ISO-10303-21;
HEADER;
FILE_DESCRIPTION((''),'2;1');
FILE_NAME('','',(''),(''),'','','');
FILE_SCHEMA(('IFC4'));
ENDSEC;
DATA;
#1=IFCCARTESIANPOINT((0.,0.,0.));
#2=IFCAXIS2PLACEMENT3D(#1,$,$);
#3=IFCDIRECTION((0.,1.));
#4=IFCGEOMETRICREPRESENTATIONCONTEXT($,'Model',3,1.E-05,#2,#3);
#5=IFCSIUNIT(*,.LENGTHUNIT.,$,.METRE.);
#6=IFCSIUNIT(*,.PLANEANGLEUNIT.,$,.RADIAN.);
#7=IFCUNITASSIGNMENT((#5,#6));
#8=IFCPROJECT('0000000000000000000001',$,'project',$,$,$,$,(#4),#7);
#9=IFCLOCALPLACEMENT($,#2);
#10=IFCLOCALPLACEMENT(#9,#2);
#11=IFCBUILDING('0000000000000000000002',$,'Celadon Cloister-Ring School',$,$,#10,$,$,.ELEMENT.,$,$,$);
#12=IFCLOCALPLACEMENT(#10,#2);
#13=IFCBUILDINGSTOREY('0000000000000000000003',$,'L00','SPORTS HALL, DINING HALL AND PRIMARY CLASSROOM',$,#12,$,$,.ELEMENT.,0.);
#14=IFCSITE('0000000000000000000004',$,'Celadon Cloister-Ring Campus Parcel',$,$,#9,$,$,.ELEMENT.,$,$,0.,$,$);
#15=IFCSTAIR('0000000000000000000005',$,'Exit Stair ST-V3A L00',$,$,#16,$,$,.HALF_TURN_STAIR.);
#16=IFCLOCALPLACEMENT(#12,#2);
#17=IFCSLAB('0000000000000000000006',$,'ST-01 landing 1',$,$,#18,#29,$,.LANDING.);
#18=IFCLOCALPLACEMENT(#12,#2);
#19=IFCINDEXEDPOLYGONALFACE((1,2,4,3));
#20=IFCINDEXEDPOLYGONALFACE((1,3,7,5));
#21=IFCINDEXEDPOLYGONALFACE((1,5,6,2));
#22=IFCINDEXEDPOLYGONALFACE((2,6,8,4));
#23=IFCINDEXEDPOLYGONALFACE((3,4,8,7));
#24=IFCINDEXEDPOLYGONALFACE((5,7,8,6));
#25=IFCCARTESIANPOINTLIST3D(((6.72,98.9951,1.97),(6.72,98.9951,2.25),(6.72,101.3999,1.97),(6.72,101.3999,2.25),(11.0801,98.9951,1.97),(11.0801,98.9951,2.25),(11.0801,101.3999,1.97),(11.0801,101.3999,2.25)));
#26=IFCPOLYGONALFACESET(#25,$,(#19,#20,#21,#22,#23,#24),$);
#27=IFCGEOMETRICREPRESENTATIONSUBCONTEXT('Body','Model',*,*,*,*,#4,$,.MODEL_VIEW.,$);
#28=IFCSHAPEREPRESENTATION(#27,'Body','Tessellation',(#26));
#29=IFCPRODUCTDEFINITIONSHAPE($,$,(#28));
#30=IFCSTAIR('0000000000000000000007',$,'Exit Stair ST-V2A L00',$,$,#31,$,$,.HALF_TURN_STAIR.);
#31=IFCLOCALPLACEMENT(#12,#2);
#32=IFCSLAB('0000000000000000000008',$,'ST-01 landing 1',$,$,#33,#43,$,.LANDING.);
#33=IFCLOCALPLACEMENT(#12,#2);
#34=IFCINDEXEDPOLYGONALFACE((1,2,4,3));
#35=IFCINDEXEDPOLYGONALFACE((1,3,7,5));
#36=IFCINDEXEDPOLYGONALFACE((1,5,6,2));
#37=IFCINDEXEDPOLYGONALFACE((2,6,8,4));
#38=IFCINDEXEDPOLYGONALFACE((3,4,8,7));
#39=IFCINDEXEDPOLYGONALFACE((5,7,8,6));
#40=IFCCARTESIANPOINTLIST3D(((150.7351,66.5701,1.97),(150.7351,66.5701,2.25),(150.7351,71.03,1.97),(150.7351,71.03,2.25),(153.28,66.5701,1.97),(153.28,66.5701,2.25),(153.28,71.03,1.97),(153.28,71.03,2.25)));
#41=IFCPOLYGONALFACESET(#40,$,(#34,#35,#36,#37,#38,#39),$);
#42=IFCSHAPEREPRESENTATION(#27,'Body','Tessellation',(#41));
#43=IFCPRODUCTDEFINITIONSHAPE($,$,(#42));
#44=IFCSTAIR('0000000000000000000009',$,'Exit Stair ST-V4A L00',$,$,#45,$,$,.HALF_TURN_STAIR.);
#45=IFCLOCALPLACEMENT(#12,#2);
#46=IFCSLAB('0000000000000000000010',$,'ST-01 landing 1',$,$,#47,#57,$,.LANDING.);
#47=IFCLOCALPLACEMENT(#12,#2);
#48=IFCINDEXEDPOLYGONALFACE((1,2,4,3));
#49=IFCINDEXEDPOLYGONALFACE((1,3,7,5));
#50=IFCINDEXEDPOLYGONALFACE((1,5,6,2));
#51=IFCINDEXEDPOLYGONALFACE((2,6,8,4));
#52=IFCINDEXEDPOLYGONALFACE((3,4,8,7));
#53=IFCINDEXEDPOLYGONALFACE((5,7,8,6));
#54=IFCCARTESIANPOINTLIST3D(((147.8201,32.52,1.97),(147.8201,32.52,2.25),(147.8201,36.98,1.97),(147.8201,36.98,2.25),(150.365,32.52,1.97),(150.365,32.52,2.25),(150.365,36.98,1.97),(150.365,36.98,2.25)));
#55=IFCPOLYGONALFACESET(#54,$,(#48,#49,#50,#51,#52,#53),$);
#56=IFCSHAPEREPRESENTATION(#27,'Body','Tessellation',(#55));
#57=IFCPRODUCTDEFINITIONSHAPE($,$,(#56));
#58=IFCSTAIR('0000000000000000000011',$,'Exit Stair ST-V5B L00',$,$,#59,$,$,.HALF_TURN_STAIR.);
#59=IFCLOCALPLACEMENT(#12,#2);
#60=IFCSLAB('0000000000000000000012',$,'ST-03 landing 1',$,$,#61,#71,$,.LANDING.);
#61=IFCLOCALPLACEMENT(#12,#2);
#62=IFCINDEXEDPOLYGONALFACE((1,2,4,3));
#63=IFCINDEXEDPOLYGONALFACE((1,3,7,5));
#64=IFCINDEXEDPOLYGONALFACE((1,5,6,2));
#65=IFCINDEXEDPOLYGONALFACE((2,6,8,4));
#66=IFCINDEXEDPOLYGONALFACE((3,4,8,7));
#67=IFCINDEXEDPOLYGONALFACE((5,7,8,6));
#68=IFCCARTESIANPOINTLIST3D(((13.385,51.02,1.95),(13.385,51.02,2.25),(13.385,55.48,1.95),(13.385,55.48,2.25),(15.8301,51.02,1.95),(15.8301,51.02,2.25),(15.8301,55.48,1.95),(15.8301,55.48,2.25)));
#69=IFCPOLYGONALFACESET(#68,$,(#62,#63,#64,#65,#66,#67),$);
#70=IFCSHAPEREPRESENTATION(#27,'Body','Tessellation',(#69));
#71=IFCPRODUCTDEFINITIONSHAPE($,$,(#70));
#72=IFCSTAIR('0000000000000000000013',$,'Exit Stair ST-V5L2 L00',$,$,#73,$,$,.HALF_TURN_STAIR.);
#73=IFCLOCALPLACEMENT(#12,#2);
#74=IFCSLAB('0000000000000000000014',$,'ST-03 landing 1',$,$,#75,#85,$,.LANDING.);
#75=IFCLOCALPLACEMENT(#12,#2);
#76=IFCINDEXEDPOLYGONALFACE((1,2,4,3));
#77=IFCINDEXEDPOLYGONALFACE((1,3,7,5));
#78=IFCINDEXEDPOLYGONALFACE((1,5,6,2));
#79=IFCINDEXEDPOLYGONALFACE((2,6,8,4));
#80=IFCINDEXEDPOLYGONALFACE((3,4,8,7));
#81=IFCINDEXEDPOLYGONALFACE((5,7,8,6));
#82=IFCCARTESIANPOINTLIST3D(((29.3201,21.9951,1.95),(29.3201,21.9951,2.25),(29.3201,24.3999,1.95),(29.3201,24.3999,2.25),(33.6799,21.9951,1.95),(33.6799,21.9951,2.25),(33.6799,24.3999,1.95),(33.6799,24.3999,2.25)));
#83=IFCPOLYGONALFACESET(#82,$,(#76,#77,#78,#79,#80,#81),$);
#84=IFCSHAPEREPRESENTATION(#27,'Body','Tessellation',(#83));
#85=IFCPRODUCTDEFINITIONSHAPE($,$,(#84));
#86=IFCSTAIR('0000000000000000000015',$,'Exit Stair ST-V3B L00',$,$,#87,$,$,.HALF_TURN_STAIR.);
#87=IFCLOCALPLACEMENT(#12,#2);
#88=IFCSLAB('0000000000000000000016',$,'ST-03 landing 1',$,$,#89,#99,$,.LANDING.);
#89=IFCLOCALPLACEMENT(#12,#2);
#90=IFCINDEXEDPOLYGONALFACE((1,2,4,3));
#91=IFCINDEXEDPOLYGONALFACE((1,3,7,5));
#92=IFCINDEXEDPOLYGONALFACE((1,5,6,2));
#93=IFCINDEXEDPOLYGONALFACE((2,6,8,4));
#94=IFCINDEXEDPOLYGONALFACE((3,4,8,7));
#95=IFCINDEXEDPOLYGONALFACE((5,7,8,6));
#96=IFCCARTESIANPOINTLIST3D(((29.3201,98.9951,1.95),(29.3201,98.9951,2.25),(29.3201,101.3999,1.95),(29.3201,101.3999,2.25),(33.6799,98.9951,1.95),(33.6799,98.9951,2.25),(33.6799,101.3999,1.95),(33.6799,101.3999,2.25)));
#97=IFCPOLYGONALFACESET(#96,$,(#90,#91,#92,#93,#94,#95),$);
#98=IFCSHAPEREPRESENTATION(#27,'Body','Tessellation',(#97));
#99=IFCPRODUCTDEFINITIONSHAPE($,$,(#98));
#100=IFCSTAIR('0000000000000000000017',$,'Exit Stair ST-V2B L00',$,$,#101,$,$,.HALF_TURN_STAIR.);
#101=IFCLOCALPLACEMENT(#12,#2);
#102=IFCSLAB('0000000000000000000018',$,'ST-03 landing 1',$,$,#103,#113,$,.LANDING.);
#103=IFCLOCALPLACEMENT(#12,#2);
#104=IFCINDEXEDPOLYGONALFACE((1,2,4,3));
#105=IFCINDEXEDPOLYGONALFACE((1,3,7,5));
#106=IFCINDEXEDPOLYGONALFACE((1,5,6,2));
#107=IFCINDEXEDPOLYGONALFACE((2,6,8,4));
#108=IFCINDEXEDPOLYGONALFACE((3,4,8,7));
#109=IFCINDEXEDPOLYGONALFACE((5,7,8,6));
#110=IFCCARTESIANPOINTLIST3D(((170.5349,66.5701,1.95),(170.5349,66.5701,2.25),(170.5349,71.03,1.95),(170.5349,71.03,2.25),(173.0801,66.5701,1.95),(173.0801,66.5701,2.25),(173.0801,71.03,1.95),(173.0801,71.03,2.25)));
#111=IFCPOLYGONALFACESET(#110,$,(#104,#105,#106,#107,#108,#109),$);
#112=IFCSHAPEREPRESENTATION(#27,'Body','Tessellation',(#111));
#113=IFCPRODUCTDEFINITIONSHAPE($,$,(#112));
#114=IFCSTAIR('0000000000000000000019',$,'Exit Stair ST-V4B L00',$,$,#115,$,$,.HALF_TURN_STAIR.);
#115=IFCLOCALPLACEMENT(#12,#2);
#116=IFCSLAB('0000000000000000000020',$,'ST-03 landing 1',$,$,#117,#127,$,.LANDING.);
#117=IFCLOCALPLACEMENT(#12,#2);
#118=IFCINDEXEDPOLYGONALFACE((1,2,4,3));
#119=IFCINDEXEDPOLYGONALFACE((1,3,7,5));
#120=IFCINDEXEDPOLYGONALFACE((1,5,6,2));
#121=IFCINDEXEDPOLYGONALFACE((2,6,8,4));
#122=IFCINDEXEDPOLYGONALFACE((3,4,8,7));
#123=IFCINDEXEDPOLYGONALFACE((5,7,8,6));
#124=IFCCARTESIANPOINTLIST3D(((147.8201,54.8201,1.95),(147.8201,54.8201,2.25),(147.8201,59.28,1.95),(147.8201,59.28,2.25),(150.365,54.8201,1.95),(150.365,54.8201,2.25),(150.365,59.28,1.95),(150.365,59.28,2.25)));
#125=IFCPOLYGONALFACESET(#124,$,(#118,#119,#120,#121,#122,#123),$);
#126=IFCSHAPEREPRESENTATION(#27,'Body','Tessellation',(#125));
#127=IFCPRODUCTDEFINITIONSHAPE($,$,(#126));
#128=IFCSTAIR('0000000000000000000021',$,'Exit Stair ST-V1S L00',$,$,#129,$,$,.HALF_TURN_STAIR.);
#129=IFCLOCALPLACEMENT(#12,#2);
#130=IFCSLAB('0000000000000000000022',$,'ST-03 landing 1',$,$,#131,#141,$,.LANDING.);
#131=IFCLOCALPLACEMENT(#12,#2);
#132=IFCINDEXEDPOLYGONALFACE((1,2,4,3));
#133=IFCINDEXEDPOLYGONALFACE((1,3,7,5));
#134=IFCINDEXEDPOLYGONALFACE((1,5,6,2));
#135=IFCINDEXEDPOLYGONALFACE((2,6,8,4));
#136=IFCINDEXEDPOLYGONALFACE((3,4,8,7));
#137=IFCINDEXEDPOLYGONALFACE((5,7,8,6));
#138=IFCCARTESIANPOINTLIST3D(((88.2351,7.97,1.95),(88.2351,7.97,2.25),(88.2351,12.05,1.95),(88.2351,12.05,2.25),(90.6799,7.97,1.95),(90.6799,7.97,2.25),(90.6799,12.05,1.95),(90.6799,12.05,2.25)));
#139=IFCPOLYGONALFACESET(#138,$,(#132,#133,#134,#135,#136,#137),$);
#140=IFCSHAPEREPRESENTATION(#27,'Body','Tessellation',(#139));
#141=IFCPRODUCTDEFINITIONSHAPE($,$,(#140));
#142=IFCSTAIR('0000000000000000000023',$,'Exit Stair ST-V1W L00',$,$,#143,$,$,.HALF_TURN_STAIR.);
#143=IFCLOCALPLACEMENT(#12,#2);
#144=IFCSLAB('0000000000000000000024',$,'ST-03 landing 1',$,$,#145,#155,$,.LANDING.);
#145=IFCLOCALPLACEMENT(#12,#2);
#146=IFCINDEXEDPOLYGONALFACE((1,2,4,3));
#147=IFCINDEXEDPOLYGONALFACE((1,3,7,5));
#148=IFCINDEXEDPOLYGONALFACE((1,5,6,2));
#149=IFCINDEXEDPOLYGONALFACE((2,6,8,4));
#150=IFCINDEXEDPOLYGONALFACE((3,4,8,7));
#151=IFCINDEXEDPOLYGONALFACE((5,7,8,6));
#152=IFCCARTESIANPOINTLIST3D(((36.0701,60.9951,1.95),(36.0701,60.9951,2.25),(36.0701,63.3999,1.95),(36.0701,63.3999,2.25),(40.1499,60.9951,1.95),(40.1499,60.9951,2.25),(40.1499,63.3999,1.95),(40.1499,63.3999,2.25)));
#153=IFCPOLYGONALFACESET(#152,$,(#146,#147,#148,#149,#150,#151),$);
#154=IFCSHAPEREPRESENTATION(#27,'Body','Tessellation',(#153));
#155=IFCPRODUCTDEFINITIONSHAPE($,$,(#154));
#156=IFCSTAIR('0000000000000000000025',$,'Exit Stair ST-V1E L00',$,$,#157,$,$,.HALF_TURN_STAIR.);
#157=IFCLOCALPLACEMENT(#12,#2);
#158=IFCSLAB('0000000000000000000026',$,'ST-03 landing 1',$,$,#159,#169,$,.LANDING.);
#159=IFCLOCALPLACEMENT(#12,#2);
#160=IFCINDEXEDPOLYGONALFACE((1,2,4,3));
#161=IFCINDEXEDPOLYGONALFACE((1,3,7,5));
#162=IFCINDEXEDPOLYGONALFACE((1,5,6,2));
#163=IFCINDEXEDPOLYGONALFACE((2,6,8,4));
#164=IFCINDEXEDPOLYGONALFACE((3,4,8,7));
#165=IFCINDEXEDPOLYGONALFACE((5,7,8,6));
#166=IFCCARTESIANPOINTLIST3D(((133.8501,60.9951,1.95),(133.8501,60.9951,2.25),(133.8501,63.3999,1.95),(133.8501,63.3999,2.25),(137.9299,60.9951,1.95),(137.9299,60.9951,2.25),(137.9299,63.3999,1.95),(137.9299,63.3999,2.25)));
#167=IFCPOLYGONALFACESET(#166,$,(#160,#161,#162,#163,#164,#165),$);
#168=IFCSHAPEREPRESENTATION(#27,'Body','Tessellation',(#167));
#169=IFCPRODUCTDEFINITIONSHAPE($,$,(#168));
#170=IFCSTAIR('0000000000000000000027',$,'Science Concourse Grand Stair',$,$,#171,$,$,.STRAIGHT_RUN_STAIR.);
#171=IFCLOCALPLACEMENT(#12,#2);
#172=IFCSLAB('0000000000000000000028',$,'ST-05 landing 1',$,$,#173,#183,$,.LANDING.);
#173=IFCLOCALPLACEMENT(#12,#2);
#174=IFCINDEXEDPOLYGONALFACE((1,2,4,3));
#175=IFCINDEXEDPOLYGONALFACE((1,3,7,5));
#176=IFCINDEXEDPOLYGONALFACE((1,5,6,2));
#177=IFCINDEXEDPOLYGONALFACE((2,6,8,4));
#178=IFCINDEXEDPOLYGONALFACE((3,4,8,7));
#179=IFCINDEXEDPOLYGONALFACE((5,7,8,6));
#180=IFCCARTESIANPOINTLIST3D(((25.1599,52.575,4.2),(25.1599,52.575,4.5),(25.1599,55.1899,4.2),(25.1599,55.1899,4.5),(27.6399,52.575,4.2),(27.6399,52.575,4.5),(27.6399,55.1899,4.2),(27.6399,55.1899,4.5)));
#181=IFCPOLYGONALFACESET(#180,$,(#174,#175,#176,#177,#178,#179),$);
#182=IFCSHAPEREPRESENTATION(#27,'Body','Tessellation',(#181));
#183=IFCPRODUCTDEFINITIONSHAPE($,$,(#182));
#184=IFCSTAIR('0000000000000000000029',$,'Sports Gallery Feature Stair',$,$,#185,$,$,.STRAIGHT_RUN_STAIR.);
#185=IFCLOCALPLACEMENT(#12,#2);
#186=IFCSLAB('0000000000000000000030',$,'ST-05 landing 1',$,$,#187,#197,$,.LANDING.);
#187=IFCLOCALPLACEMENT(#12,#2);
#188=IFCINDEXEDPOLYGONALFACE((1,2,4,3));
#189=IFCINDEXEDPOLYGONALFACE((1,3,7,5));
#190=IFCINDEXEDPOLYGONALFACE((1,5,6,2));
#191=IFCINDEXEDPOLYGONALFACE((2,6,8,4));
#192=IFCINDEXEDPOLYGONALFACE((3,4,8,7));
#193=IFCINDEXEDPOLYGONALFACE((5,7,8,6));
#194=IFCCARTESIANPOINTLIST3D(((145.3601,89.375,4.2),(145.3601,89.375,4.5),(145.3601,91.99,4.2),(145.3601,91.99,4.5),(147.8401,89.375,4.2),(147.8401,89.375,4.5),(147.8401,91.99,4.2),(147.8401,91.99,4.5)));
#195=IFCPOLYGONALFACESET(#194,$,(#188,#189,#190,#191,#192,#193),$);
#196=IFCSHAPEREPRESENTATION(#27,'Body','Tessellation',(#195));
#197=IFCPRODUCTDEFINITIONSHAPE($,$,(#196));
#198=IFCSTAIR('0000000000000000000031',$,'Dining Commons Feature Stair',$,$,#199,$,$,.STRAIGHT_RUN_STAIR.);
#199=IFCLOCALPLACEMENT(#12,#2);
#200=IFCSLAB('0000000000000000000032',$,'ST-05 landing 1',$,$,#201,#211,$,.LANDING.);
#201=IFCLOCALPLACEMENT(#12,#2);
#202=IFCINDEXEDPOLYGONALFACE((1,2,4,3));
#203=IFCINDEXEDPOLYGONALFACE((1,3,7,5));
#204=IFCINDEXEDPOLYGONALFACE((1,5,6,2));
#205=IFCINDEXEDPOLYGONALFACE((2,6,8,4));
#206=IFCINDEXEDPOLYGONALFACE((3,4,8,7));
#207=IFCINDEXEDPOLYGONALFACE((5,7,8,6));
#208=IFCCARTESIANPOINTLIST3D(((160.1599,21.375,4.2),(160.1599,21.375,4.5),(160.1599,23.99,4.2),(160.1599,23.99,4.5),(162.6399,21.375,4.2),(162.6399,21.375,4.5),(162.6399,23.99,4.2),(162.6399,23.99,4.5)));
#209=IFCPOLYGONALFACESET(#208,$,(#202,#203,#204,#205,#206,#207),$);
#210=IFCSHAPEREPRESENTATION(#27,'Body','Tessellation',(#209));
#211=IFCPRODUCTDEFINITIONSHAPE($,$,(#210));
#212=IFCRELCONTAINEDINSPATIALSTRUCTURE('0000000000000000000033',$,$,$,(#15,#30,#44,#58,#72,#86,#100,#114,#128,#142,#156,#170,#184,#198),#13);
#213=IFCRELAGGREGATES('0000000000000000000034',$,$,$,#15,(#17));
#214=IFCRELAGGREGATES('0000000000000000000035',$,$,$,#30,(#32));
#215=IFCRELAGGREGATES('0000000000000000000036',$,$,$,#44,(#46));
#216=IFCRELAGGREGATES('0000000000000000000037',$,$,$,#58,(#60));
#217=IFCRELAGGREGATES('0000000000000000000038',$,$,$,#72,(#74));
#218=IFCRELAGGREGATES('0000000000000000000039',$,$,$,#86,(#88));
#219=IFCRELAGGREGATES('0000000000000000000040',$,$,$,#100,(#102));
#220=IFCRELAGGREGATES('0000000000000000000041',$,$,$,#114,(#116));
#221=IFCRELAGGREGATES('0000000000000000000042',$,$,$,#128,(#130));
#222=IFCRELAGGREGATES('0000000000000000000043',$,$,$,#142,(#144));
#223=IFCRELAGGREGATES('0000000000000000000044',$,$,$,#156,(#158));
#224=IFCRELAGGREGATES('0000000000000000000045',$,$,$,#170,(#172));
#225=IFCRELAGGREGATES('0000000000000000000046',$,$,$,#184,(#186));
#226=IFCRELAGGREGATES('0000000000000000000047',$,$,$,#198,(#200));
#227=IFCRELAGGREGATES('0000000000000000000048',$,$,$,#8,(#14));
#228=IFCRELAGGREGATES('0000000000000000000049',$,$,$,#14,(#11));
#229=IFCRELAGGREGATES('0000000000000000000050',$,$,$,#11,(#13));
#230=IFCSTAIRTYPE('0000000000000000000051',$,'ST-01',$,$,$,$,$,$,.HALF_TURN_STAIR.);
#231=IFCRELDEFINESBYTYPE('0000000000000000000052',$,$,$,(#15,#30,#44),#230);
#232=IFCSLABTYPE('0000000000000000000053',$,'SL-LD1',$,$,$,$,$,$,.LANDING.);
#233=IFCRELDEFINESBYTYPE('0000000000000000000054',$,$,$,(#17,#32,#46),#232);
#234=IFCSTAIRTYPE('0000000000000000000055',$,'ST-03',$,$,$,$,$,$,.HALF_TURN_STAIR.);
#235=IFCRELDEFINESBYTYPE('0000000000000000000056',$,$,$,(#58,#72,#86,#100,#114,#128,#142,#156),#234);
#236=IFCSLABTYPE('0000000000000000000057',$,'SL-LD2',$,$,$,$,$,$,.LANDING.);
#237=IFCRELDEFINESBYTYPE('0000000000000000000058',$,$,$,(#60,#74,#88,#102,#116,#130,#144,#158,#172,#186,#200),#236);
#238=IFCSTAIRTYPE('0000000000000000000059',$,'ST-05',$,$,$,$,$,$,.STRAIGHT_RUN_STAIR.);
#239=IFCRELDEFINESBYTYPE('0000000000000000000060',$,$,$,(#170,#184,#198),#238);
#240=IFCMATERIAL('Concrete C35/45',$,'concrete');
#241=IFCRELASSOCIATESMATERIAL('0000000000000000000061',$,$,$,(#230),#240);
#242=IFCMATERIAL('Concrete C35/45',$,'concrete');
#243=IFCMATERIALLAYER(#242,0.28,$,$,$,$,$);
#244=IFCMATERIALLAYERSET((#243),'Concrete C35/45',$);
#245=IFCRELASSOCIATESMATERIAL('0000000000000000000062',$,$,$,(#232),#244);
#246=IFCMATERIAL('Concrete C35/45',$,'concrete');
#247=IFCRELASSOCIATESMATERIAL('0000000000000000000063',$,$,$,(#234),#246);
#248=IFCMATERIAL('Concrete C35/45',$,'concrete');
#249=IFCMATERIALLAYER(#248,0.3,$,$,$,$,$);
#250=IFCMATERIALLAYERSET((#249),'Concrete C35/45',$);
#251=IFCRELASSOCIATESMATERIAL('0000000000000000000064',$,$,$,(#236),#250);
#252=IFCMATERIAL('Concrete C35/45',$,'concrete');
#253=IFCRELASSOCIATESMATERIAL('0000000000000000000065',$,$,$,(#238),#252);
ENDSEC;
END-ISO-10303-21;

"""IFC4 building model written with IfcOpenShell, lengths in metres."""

from ifc_helpers import new_model, si_unit, direction, frame, origin, place, context, subcontext, project, spatial, polyline, outline, extrude, material, layer, layer_set, type_object, element, aggregate, save


model = new_model("IFC4")

# Units and contexts
model_context = context("Model", 3, precision=1e-05, world=origin(), true_north=direction((0.0, 1.0)))
body_context = subcontext(model_context, "Body", "Model", "MODEL_VIEW")
ifc_project = project(units=[si_unit("LENGTHUNIT", "METRE"), si_unit("PLANEANGLEUNIT", "RADIAN")], contexts=[model_context])

# Site, building, storey
site_placement = place(None, origin())
site = spatial("IfcSite", under=ifc_project, at=site_placement, Name="Celadon Cloister-Ring Campus Parcel", CompositionType="ELEMENT", RefElevation=0.0)
building_placement = place(site_placement, origin())
building = spatial("IfcBuilding", under=site, at=building_placement, Name="Celadon Cloister-Ring School", CompositionType="ELEMENT")
storey_placement = place(building_placement, origin())
storey = spatial("IfcBuildingStorey", under=building, at=storey_placement, Name="L00", Description="SPORTS HALL, DINING HALL AND PRIMARY CLASSROOM", CompositionType="ELEMENT", Elevation=0.0)

# Stairs, slabs
ifc_material_1 = material(Name="Concrete C35/45", Category="concrete")
stair_type_1 = type_object("IfcStairType", Name="ST-01", PredefinedType="HALF_TURN_STAIR", material=ifc_material_1)
ifc_material_2 = material(Name="Concrete C35/45", Category="concrete")
ifc_layer_1 = layer(ifc_material_2, 0.28)
ifc_layer_set_1 = layer_set([ifc_layer_1], Name="Concrete C35/45")
slab_type_1 = type_object("IfcSlabType", Name="SL-LD1", PredefinedType="LANDING", material=ifc_layer_set_1)
stair_1_placement = place(storey_placement, origin())
stair_1 = element("IfcStair", 1, at=stair_1_placement, inside=storey, type_object=stair_type_1, Name="Exit Stair ST-V3A L00", PredefinedType="HALF_TURN_STAIR")
slab_1_placement = place(storey_placement, frame((0.0, 0.0, 1.97)))
slab_1 = element("IfcSlab", 2, at=slab_1_placement, type_object=slab_type_1, Name="ST-01 landing 1", PredefinedType="LANDING", context=body_context, shape_type="SweptSolid", body=[
    extrude(outline(polyline([(6.72, 98.9951), (11.0801, 98.9951), (11.0801, 101.3999), (6.72, 101.3999), (6.72, 98.9951)])), origin(), (0.0, 0.0, 1.0), 0.28),
])
aggregate(stair_1, [slab_1])
stair_2_placement = place(storey_placement, origin())
stair_2 = element("IfcStair", 3, at=stair_2_placement, inside=storey, type_object=stair_type_1, Name="Exit Stair ST-V2A L00", PredefinedType="HALF_TURN_STAIR")
slab_2_placement = place(storey_placement, frame((0.0, 0.0, 1.97)))
slab_2 = element("IfcSlab", 4, at=slab_2_placement, type_object=slab_type_1, Name="ST-01 landing 1", PredefinedType="LANDING", context=body_context, shape_type="SweptSolid", body=[
    extrude(outline(polyline([(150.7351, 66.5701), (153.28, 66.5701), (153.28, 71.03), (150.7351, 71.03), (150.7351, 66.5701)])), origin(), (0.0, 0.0, 1.0), 0.28),
])
aggregate(stair_2, [slab_2])
stair_3_placement = place(storey_placement, origin())
stair_3 = element("IfcStair", 5, at=stair_3_placement, inside=storey, type_object=stair_type_1, Name="Exit Stair ST-V4A L00", PredefinedType="HALF_TURN_STAIR")
slab_3_placement = place(storey_placement, frame((0.0, 0.0, 1.97)))
slab_3 = element("IfcSlab", 6, at=slab_3_placement, type_object=slab_type_1, Name="ST-01 landing 1", PredefinedType="LANDING", context=body_context, shape_type="SweptSolid", body=[
    extrude(outline(polyline([(147.8201, 32.52), (150.365, 32.52), (150.365, 36.98), (147.8201, 36.98), (147.8201, 32.52)])), origin(), (0.0, 0.0, 1.0), 0.28),
])
aggregate(stair_3, [slab_3])
ifc_material_3 = material(Name="Concrete C35/45", Category="concrete")
stair_type_2 = type_object("IfcStairType", Name="ST-03", PredefinedType="HALF_TURN_STAIR", material=ifc_material_3)
stair_4_placement = place(storey_placement, origin())
stair_4 = element("IfcStair", 7, at=stair_4_placement, inside=storey, type_object=stair_type_2, Name="Exit Stair ST-V5B L00", PredefinedType="HALF_TURN_STAIR")
ifc_material_4 = material(Name="Concrete C35/45", Category="concrete")
ifc_layer_2 = layer(ifc_material_4, 0.3)
ifc_layer_set_2 = layer_set([ifc_layer_2], Name="Concrete C35/45")
slab_type_2 = type_object("IfcSlabType", Name="SL-LD2", PredefinedType="LANDING", material=ifc_layer_set_2)
slab_4_placement = place(storey_placement, frame((0.0, 0.0, 1.95)))
slab_4 = element("IfcSlab", 8, at=slab_4_placement, type_object=slab_type_2, Name="ST-03 landing 1", PredefinedType="LANDING", context=body_context, shape_type="SweptSolid", body=[
    extrude(outline(polyline([(13.385, 51.02), (15.8301, 51.02), (15.8301, 55.48), (13.385, 55.48), (13.385, 51.02)])), origin(), (0.0, 0.0, 1.0), 0.3),
])
aggregate(stair_4, [slab_4])
stair_5_placement = place(storey_placement, origin())
stair_5 = element("IfcStair", 9, at=stair_5_placement, inside=storey, type_object=stair_type_2, Name="Exit Stair ST-V5L2 L00", PredefinedType="HALF_TURN_STAIR")
slab_5_placement = place(storey_placement, frame((0.0, 0.0, 1.95)))
slab_5 = element("IfcSlab", 10, at=slab_5_placement, type_object=slab_type_2, Name="ST-03 landing 1", PredefinedType="LANDING", context=body_context, shape_type="SweptSolid", body=[
    extrude(outline(polyline([(29.3201, 21.9951), (33.6799, 21.9951), (33.6799, 24.3999), (29.3201, 24.3999), (29.3201, 21.9951)])), origin(), (0.0, 0.0, 1.0), 0.3),
])
aggregate(stair_5, [slab_5])
stair_6_placement = place(storey_placement, origin())
stair_6 = element("IfcStair", 11, at=stair_6_placement, inside=storey, type_object=stair_type_2, Name="Exit Stair ST-V3B L00", PredefinedType="HALF_TURN_STAIR")
slab_6_placement = place(storey_placement, frame((0.0, 0.0, 1.95)))
slab_6 = element("IfcSlab", 12, at=slab_6_placement, type_object=slab_type_2, Name="ST-03 landing 1", PredefinedType="LANDING", context=body_context, shape_type="SweptSolid", body=[
    extrude(outline(polyline([(29.3201, 98.9951), (33.6799, 98.9951), (33.6799, 101.3999), (29.3201, 101.3999), (29.3201, 98.9951)])), origin(), (0.0, 0.0, 1.0), 0.3),
])
aggregate(stair_6, [slab_6])
stair_7_placement = place(storey_placement, origin())
stair_7 = element("IfcStair", 13, at=stair_7_placement, inside=storey, type_object=stair_type_2, Name="Exit Stair ST-V2B L00", PredefinedType="HALF_TURN_STAIR")
slab_7_placement = place(storey_placement, frame((0.0, 0.0, 1.95)))
slab_7 = element("IfcSlab", 14, at=slab_7_placement, type_object=slab_type_2, Name="ST-03 landing 1", PredefinedType="LANDING", context=body_context, shape_type="SweptSolid", body=[
    extrude(outline(polyline([(170.5349, 66.5701), (173.0801, 66.5701), (173.0801, 71.03), (170.5349, 71.03), (170.5349, 66.5701)])), origin(), (0.0, 0.0, 1.0), 0.3),
])
aggregate(stair_7, [slab_7])
stair_8_placement = place(storey_placement, origin())
stair_8 = element("IfcStair", 15, at=stair_8_placement, inside=storey, type_object=stair_type_2, Name="Exit Stair ST-V4B L00", PredefinedType="HALF_TURN_STAIR")
slab_8_placement = place(storey_placement, frame((0.0, 0.0, 1.95)))
slab_8 = element("IfcSlab", 16, at=slab_8_placement, type_object=slab_type_2, Name="ST-03 landing 1", PredefinedType="LANDING", context=body_context, shape_type="SweptSolid", body=[
    extrude(outline(polyline([(147.8201, 54.8201), (150.365, 54.8201), (150.365, 59.28), (147.8201, 59.28), (147.8201, 54.8201)])), origin(), (0.0, 0.0, 1.0), 0.3),
])
aggregate(stair_8, [slab_8])
stair_9_placement = place(storey_placement, origin())
stair_9 = element("IfcStair", 17, at=stair_9_placement, inside=storey, type_object=stair_type_2, Name="Exit Stair ST-V1S L00", PredefinedType="HALF_TURN_STAIR")
slab_9_placement = place(storey_placement, frame((0.0, 0.0, 1.95)))
slab_9 = element("IfcSlab", 18, at=slab_9_placement, type_object=slab_type_2, Name="ST-03 landing 1", PredefinedType="LANDING", context=body_context, shape_type="SweptSolid", body=[
    extrude(outline(polyline([(88.2351, 7.97), (90.6799, 7.97), (90.6799, 12.05), (88.2351, 12.05), (88.2351, 7.97)])), origin(), (0.0, 0.0, 1.0), 0.3),
])
aggregate(stair_9, [slab_9])
stair_10_placement = place(storey_placement, origin())
stair_10 = element("IfcStair", 19, at=stair_10_placement, inside=storey, type_object=stair_type_2, Name="Exit Stair ST-V1W L00", PredefinedType="HALF_TURN_STAIR")
slab_10_placement = place(storey_placement, frame((0.0, 0.0, 1.95)))
slab_10 = element("IfcSlab", 20, at=slab_10_placement, type_object=slab_type_2, Name="ST-03 landing 1", PredefinedType="LANDING", context=body_context, shape_type="SweptSolid", body=[
    extrude(outline(polyline([(36.0701, 60.9951), (40.1499, 60.9951), (40.1499, 63.3999), (36.0701, 63.3999), (36.0701, 60.9951)])), origin(), (0.0, 0.0, 1.0), 0.3),
])
aggregate(stair_10, [slab_10])
stair_11_placement = place(storey_placement, origin())
stair_11 = element("IfcStair", 21, at=stair_11_placement, inside=storey, type_object=stair_type_2, Name="Exit Stair ST-V1E L00", PredefinedType="HALF_TURN_STAIR")
slab_11_placement = place(storey_placement, frame((0.0, 0.0, 1.95)))
slab_11 = element("IfcSlab", 22, at=slab_11_placement, type_object=slab_type_2, Name="ST-03 landing 1", PredefinedType="LANDING", context=body_context, shape_type="SweptSolid", body=[
    extrude(outline(polyline([(133.8501, 60.9951), (137.9299, 60.9951), (137.9299, 63.3999), (133.8501, 63.3999), (133.8501, 60.9951)])), origin(), (0.0, 0.0, 1.0), 0.3),
])
aggregate(stair_11, [slab_11])
ifc_material_5 = material(Name="Concrete C35/45", Category="concrete")
stair_type_3 = type_object("IfcStairType", Name="ST-05", PredefinedType="STRAIGHT_RUN_STAIR", material=ifc_material_5)
stair_12_placement = place(storey_placement, origin())
stair_12 = element("IfcStair", 23, at=stair_12_placement, inside=storey, type_object=stair_type_3, Name="Science Concourse Grand Stair", PredefinedType="STRAIGHT_RUN_STAIR")
slab_12_placement = place(storey_placement, frame((0.0, 0.0, 4.2)))
slab_12 = element("IfcSlab", 24, at=slab_12_placement, type_object=slab_type_2, Name="ST-05 landing 1", PredefinedType="LANDING", context=body_context, shape_type="SweptSolid", body=[
    extrude(outline(polyline([(25.1599, 52.575), (27.6399, 52.575), (27.6399, 55.1899), (25.1599, 55.1899), (25.1599, 52.575)])), origin(), (0.0, 0.0, 1.0), 0.3),
])
aggregate(stair_12, [slab_12])
stair_13_placement = place(storey_placement, origin())
stair_13 = element("IfcStair", 25, at=stair_13_placement, inside=storey, type_object=stair_type_3, Name="Sports Gallery Feature Stair", PredefinedType="STRAIGHT_RUN_STAIR")
slab_13_placement = place(storey_placement, frame((0.0, 0.0, 4.2)))
slab_13 = element("IfcSlab", 26, at=slab_13_placement, type_object=slab_type_2, Name="ST-05 landing 1", PredefinedType="LANDING", context=body_context, shape_type="SweptSolid", body=[
    extrude(outline(polyline([(145.3601, 89.375), (147.8401, 89.375), (147.8401, 91.99), (145.3601, 91.99), (145.3601, 89.375)])), origin(), (0.0, 0.0, 1.0), 0.3),
])
aggregate(stair_13, [slab_13])
stair_14_placement = place(storey_placement, origin())
stair_14 = element("IfcStair", 27, at=stair_14_placement, inside=storey, type_object=stair_type_3, Name="Dining Commons Feature Stair", PredefinedType="STRAIGHT_RUN_STAIR")
slab_14_placement = place(storey_placement, frame((0.0, 0.0, 4.2)))
slab_14 = element("IfcSlab", 28, at=slab_14_placement, type_object=slab_type_2, Name="ST-05 landing 1", PredefinedType="LANDING", context=body_context, shape_type="SweptSolid", body=[
    extrude(outline(polyline([(160.1599, 21.375), (162.6399, 21.375), (162.6399, 23.99), (160.1599, 23.99), (160.1599, 21.375)])), origin(), (0.0, 0.0, 1.0), 0.3),
])
aggregate(stair_14, [slab_14])

save(model, "model.ifc")
